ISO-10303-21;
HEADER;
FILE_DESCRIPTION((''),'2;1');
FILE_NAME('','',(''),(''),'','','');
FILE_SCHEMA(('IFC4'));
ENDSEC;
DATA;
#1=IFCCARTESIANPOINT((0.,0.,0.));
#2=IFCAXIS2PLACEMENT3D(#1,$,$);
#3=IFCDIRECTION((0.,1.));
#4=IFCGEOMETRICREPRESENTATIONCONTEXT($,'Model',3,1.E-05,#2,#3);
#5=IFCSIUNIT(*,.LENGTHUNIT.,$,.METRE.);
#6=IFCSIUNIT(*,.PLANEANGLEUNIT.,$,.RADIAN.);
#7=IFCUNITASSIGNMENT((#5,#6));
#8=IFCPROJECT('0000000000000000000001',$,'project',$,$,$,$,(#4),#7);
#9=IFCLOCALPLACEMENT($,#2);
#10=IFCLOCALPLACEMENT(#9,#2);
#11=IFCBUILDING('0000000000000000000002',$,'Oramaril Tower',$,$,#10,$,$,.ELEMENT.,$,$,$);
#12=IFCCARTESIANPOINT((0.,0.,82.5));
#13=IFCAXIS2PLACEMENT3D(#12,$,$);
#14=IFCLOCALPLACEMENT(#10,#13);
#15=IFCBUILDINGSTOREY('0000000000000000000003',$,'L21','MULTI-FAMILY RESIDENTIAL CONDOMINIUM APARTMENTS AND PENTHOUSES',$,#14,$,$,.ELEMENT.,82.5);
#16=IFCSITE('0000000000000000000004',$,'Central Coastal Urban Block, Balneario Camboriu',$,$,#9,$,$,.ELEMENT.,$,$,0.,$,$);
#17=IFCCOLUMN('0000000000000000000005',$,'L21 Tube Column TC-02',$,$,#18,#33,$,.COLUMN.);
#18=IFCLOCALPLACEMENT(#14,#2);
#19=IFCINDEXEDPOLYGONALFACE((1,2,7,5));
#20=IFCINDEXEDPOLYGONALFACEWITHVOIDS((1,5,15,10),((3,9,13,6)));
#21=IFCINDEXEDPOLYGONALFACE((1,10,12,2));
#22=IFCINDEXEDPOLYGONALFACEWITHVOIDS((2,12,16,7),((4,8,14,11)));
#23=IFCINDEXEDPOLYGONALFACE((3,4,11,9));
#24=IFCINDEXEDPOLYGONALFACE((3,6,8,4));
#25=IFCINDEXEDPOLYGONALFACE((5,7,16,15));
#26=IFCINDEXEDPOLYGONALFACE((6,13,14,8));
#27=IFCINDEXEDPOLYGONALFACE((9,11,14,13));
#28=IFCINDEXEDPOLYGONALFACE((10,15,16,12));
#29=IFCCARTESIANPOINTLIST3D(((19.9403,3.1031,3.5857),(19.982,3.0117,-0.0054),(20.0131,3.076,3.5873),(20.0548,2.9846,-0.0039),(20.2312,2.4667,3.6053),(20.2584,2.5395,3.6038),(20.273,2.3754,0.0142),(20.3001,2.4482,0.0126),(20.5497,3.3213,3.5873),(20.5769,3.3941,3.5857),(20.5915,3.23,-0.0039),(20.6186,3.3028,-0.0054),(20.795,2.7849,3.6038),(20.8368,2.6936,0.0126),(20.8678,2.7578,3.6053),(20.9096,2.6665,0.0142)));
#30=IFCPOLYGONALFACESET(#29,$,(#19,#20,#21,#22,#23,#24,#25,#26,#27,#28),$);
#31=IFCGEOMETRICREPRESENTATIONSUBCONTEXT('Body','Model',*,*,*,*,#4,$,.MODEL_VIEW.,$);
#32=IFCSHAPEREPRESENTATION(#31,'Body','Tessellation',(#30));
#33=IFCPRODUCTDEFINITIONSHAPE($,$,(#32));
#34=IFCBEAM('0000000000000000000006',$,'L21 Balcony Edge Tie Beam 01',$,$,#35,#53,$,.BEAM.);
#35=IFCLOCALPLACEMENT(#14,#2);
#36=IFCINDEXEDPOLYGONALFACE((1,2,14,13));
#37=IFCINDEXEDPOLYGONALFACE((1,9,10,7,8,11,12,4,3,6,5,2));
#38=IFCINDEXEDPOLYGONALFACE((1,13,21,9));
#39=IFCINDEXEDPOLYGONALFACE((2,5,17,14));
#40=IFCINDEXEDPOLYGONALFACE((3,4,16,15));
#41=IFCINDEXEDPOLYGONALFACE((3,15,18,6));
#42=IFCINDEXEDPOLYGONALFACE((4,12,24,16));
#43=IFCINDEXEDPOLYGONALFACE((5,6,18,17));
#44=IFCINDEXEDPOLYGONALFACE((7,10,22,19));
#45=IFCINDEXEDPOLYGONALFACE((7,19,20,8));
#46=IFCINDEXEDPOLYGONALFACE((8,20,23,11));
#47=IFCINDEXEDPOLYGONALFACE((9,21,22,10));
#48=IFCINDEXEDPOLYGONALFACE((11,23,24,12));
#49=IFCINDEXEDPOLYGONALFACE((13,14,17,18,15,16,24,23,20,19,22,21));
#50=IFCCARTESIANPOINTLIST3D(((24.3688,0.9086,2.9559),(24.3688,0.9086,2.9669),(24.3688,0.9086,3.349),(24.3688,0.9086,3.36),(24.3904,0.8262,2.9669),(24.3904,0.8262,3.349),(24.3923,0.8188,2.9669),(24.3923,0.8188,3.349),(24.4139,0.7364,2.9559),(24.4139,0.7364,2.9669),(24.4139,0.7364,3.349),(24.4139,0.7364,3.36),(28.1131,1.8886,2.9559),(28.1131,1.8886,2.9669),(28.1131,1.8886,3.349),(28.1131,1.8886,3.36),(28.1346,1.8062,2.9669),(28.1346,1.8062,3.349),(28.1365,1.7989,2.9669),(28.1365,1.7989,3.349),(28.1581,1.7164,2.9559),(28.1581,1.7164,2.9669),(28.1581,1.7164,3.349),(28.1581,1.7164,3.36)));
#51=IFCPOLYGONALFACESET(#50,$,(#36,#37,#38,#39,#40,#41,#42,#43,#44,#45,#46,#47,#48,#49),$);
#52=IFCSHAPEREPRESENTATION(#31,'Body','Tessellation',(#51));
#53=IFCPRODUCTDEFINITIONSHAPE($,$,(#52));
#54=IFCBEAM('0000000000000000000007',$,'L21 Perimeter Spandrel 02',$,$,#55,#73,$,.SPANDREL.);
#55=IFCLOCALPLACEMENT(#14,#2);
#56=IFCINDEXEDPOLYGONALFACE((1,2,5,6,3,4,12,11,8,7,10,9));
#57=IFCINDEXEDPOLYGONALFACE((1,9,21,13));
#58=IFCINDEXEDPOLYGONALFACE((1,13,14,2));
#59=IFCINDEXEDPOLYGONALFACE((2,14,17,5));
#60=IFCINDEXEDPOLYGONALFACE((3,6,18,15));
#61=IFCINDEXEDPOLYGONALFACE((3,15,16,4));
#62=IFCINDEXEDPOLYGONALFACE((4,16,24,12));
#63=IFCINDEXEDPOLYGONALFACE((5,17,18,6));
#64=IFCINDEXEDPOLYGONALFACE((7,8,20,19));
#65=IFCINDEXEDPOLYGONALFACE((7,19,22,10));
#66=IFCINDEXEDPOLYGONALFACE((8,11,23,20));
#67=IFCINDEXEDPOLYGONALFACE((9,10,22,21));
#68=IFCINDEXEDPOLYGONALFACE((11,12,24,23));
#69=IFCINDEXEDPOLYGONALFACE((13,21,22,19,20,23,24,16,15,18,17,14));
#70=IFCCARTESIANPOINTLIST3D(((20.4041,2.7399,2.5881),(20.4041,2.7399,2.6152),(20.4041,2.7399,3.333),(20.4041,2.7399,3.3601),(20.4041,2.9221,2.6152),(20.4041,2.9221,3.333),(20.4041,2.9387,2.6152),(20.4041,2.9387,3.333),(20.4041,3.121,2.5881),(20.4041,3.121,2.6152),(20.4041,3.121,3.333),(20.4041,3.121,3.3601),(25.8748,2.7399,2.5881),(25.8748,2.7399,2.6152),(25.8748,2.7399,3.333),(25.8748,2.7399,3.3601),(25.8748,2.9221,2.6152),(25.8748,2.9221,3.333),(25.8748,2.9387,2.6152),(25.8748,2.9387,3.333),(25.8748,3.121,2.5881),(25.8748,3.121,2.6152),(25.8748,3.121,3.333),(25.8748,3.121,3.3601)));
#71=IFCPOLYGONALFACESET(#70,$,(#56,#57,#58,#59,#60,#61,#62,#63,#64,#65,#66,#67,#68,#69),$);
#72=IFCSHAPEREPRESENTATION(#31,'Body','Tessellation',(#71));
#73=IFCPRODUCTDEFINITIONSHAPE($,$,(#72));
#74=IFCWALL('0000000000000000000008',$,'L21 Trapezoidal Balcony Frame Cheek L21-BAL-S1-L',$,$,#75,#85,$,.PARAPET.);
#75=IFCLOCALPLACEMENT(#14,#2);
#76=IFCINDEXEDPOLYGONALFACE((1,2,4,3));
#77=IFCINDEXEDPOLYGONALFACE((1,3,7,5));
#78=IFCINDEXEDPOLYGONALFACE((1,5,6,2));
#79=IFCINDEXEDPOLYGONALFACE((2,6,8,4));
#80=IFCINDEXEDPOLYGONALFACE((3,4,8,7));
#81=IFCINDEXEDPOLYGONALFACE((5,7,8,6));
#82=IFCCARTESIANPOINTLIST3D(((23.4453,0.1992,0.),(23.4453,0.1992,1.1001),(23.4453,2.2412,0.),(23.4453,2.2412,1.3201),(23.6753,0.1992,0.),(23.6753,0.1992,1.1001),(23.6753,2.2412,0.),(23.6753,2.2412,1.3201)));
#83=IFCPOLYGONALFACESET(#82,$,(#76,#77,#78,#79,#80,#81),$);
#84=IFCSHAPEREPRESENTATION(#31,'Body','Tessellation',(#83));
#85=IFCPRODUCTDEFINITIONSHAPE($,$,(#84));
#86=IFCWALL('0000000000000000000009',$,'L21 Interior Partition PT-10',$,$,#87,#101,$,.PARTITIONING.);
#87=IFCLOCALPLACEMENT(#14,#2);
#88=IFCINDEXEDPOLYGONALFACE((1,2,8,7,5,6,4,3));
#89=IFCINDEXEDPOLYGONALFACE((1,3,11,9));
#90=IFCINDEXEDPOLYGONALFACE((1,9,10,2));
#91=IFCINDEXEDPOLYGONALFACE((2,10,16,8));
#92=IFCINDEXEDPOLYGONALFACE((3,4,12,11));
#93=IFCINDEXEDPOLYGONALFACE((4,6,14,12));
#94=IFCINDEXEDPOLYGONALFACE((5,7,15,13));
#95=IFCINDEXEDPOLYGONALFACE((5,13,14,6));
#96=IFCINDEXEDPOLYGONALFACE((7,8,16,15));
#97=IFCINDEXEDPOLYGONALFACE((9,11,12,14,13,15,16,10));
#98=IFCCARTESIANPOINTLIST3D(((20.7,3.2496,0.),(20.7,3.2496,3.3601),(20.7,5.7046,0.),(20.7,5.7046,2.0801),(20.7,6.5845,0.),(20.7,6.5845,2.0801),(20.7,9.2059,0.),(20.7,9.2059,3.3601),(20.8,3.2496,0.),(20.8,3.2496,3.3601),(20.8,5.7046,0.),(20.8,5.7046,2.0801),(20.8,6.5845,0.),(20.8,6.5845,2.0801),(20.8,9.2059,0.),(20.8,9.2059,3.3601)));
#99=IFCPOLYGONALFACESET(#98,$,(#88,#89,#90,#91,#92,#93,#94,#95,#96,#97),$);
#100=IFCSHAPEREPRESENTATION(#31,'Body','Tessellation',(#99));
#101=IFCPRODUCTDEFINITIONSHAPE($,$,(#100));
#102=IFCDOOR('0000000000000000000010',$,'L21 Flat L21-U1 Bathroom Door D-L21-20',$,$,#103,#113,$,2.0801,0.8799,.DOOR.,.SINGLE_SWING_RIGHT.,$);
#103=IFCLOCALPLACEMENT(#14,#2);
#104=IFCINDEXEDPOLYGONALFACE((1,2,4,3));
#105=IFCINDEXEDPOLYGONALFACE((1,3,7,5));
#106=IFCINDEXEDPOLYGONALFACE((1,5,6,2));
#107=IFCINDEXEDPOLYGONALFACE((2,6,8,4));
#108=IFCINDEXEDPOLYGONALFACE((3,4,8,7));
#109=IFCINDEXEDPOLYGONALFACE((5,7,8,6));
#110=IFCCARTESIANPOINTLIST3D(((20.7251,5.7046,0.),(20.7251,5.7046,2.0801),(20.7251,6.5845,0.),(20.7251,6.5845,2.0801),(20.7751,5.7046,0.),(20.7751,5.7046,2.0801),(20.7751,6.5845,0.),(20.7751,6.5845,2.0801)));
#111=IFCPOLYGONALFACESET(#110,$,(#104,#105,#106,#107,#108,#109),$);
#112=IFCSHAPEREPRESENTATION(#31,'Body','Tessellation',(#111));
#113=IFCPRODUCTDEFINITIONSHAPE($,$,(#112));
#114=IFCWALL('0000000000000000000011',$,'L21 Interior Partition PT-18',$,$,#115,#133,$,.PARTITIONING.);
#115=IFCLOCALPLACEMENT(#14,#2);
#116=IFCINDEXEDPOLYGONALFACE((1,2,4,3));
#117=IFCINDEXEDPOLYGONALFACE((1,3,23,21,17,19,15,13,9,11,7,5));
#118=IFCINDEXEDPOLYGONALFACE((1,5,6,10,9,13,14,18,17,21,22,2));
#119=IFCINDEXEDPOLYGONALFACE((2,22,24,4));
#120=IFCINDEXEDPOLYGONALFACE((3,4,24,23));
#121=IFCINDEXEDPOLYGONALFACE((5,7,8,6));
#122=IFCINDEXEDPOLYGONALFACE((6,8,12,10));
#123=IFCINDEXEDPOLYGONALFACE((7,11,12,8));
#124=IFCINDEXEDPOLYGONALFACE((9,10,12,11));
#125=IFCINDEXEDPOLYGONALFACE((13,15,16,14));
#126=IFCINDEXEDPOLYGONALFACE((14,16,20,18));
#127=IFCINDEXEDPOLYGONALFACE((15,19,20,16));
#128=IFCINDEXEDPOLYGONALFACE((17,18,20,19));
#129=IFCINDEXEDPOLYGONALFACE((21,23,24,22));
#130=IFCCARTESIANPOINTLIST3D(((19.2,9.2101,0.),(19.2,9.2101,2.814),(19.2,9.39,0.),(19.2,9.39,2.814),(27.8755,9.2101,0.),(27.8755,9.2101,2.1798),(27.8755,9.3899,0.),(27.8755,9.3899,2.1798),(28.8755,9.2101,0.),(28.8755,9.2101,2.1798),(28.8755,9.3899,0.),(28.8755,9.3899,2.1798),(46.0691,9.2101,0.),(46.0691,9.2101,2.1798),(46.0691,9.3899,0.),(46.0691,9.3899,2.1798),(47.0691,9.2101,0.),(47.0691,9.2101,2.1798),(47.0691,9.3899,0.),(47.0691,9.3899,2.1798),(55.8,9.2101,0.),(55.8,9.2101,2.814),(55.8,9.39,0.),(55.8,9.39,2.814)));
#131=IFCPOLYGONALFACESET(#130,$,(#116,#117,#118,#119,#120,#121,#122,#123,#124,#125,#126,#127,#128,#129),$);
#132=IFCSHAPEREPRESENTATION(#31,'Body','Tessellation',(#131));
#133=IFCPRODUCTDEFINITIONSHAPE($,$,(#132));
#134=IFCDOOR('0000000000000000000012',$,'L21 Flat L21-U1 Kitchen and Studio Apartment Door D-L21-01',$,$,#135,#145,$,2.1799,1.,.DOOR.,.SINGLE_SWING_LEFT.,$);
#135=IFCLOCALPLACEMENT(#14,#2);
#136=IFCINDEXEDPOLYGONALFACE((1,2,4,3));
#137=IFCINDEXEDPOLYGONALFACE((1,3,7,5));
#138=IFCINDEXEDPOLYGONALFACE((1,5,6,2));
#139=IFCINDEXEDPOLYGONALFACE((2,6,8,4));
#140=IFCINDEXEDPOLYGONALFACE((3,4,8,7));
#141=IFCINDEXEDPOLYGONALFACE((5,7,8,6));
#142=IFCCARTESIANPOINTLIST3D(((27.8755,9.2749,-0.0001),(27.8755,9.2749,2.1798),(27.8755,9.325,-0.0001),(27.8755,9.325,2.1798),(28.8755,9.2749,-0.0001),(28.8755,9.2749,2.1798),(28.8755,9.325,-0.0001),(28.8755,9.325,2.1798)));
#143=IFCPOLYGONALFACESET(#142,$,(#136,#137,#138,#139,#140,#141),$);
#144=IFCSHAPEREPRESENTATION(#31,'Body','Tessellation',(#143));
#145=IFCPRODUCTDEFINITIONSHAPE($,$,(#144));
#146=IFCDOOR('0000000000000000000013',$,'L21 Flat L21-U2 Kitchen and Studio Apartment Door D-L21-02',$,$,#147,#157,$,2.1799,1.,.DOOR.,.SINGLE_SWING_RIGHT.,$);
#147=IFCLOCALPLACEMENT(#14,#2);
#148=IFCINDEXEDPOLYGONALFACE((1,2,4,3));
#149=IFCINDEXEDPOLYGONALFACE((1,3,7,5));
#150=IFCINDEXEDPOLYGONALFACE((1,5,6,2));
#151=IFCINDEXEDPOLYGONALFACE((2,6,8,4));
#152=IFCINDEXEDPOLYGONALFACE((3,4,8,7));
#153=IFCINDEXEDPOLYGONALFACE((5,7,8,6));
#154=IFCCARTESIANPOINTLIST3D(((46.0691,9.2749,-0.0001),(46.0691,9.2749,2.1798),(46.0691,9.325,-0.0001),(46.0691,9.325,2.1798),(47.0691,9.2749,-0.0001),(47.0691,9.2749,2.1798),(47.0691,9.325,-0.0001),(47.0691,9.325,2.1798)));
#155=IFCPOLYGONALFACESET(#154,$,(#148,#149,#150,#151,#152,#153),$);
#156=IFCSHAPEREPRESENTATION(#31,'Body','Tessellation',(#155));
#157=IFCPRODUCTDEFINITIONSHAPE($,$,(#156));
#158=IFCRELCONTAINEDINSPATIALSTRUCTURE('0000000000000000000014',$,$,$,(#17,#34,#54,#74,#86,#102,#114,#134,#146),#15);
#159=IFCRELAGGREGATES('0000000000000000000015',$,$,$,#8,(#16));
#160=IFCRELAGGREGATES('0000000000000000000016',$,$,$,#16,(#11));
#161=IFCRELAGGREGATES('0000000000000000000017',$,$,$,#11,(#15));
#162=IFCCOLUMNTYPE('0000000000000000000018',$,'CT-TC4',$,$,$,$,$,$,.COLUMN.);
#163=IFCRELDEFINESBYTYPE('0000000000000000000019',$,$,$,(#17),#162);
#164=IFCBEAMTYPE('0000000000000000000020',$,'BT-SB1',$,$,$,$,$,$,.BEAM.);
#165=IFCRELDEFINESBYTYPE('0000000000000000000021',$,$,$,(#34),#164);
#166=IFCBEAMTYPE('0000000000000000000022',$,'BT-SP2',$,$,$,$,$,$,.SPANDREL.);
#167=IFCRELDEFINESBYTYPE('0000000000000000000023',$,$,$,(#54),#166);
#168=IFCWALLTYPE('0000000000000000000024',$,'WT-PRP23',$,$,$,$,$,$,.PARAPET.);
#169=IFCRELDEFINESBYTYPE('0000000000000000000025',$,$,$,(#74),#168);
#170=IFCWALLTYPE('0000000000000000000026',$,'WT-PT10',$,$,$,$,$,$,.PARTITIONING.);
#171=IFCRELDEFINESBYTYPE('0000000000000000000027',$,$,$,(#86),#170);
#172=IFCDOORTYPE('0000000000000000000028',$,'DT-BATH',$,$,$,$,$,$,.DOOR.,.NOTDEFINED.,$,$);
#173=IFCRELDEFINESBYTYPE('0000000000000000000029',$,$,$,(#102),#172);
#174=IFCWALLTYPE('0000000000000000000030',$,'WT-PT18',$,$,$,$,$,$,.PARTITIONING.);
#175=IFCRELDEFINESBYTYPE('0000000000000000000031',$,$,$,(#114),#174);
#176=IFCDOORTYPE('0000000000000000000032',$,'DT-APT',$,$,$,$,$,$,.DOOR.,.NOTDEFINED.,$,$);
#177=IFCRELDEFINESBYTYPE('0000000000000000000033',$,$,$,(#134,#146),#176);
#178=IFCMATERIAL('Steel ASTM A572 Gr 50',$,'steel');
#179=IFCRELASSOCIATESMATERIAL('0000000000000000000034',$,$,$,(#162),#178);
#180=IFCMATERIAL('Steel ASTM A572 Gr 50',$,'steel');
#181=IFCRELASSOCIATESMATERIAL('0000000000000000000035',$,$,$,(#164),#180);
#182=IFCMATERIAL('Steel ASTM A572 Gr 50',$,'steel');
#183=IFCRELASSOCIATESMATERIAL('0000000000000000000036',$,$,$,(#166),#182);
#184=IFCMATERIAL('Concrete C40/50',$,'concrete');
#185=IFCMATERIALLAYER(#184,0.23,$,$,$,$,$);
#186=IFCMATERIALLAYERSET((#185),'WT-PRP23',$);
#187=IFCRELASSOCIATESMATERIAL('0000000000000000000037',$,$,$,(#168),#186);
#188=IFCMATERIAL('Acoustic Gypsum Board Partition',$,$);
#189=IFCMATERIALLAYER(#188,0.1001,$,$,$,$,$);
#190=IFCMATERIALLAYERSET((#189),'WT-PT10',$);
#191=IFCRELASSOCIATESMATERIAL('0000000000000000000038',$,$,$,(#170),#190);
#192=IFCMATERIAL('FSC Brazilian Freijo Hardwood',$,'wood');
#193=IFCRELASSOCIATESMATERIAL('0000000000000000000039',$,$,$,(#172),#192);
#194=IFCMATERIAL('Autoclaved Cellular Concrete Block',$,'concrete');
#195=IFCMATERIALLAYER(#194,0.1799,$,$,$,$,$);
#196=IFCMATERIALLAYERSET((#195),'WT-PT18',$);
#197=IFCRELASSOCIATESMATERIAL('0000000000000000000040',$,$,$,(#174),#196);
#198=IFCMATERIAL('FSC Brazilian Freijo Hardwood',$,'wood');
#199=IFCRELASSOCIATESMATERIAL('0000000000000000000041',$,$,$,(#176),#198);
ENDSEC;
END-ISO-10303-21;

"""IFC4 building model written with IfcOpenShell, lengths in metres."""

from ifc_helpers import new_model, si_unit, direction, frame, frame_2d, origin, origin_2d, place, context, subcontext, project, spatial, polyline, rectangle, hollow_rectangle, i_section, outline, extrude, material, layer, layer_set, material_profile, profile_set, type_object, element, fill, save


model = new_model("IFC4")

# Units and contexts
model_context = context("Model", 3, precision=1e-05, world=origin(), true_north=direction((0.0, 1.0)))
body_context = subcontext(model_context, "Body", "Model", "MODEL_VIEW")
ifc_project = project(units=[si_unit("LENGTHUNIT", "METRE"), si_unit("PLANEANGLEUNIT", "RADIAN")], contexts=[model_context])

# Site, building, storey
site_placement = place(None, origin())
site = spatial("IfcSite", under=ifc_project, at=site_placement, Name="Central Coastal Urban Block, Balneario Camboriu", CompositionType="ELEMENT", RefElevation=0.0)
building_placement = place(site_placement, origin())
building = spatial("IfcBuilding", under=site, at=building_placement, Name="Oramaril Tower", CompositionType="ELEMENT")
storey_placement = place(building_placement, frame((0.0, 0.0, 82.5)))
storey = spatial("IfcBuildingStorey", under=building, at=storey_placement, Name="L21", Description="MULTI-FAMILY RESIDENTIAL CONDOMINIUM APARTMENTS AND PENTHOUSES", CompositionType="ELEMENT", Elevation=82.5)

# Column
ifc_material_1 = material(Name="Steel ASTM A572 Gr 50", Category="steel")
ifc_material_profile_1 = material_profile(ifc_material_1, hollow_rectangle(XDim=0.7, YDim=0.7, WallThickness=0.0549, at=origin_2d()), Name="BOX700X700X55")
ifc_profile_set_1 = profile_set([ifc_material_profile_1], Name="Steel ASTM A572 Gr 50")
column_type = type_object("IfcColumnType", Name="CT-TC4", PredefinedType="COLUMN", material=ifc_profile_set_1)
column_placement = place(storey_placement, frame((20.4458, 2.8391, 0.0044), z_axis=(-0.011621, 0.025417, 0.999609), x_axis=(-0.909448, -0.415817, 0.0)))
element("IfcColumn", 1, at=column_placement, inside=storey, type_object=column_type, Name="L21 Tube Column TC-02", PredefinedType="COLUMN", context=body_context, shape_type="SweptSolid", body=[
    extrude(hollow_rectangle(XDim=0.7, YDim=0.7, WallThickness=0.0549, at=origin_2d()), origin(), (0.0, 0.0, 1.0), 3.5925),
])

# Beams
ifc_material_2 = material(Name="Steel ASTM A572 Gr 50", Category="steel")
ifc_material_profile_2 = material_profile(ifc_material_2, i_section(OverallWidth=0.178, OverallDepth=0.4041, WebThickness=0.0076, FlangeThickness=0.011, at=origin_2d()), Name="W16X36")
ifc_profile_set_2 = profile_set([ifc_material_profile_2], Name="Steel ASTM A572 Gr 50")
beam_type_1 = type_object("IfcBeamType", Name="BT-SB1", PredefinedType="BEAM", material=ifc_profile_set_2)
beam_1_placement = place(storey_placement, frame((24.3914, 0.8225, 3.158), z_axis=(0.967412, 0.253208, 0.0), x_axis=(-0.253208, 0.967412, 0.0)))
element("IfcBeam", 2, at=beam_1_placement, inside=storey, type_object=beam_type_1, Name="L21 Balcony Edge Tie Beam 01", PredefinedType="BEAM", context=body_context, shape_type="SweptSolid", body=[
    extrude(i_section(OverallWidth=0.178, OverallDepth=0.4041, WebThickness=0.0076, FlangeThickness=0.011, at=origin_2d()), origin(), (0.0, 0.0, 1.0), 3.8704),
])
ifc_material_3 = material(Name="Steel ASTM A572 Gr 50", Category="steel")
ifc_material_profile_3 = material_profile(ifc_material_3, i_section(OverallWidth=0.3811, OverallDepth=0.772, WebThickness=0.0166, FlangeThickness=0.0271, at=origin_2d()), Name="W30X173")
ifc_profile_set_3 = profile_set([ifc_material_profile_3], Name="Steel ASTM A572 Gr 50")
beam_type_2 = type_object("IfcBeamType", Name="BT-SP2", PredefinedType="SPANDREL", material=ifc_profile_set_3)
beam_2_placement = place(storey_placement, frame((20.4041, 2.9304, 2.9741), z_axis=(1.0, 0.0, 0.0), x_axis=(0.0, 1.0, 0.0)))
element("IfcBeam", 3, at=beam_2_placement, inside=storey, type_object=beam_type_2, Name="L21 Perimeter Spandrel 02", PredefinedType="SPANDREL", context=body_context, shape_type="SweptSolid", body=[
    extrude(i_section(OverallWidth=0.3811, OverallDepth=0.772, WebThickness=0.0166, FlangeThickness=0.0271, at=origin_2d()), origin(), (0.0, 0.0, 1.0), 5.4707),
])

# Wall
ifc_material_4 = material(Name="Concrete C40/50", Category="concrete")
ifc_layer_1 = layer(ifc_material_4, 0.23)
ifc_layer_set_1 = layer_set([ifc_layer_1], Name="WT-PRP23")
wall_type_1 = type_object("IfcWallType", Name="WT-PRP23", PredefinedType="PARAPET", material=ifc_layer_set_1)
wall_1_placement = place(storey_placement, frame((23.5603, 2.2412, 0.0), z_axis=(0.0, 0.0, 1.0), x_axis=(0.0, -1.0, 0.0)))
element("IfcWall", 4, at=wall_1_placement, inside=storey, type_object=wall_type_1, Name="L21 Trapezoidal Balcony Frame Cheek L21-BAL-S1-L", PredefinedType="PARAPET", context=body_context, shape_type="SweptSolid", body=[
    extrude(outline(polyline([(0.0, 0.0), (2.042, 0.0), (2.042, 1.1001), (0.0, 1.3201), (0.0, 0.0)])), frame((0.0, 0.115, 0.0), z_axis=(0.0, -1.0, 0.0), x_axis=(1.0, 0.0, 0.0)), (0.0, 0.0, 1.0), 0.23),
])

# Wall, opening, door
ifc_material_5 = material(Name="Acoustic Gypsum Board Partition")
ifc_layer_2 = layer(ifc_material_5, 0.1001)
ifc_layer_set_2 = layer_set([ifc_layer_2], Name="WT-PT10")
wall_type_2 = type_object("IfcWallType", Name="WT-PT10", PredefinedType="PARTITIONING", material=ifc_layer_set_2)
wall_2_placement = place(storey_placement, frame((20.75, 3.2498, 0.0), z_axis=(0.0, 0.0, 1.0), x_axis=(0.0, 1.0, 0.0)))
wall_2 = element("IfcWall", 5, at=wall_2_placement, inside=storey, type_object=wall_type_2, Name="L21 Interior Partition PT-10", PredefinedType="PARTITIONING", context=body_context, shape_type="SweptSolid", body=[
    extrude(rectangle(XDim=5.9563, YDim=0.1001, at=frame_2d((2.978, 0.0))), origin(), (0.0, 0.0, 1.0), 3.3601),
])
opening_1_placement = place(wall_2_placement, frame((2.4548, 0.0, 0.0)))
opening_1 = element("IfcOpeningElement", 6, at=opening_1_placement, cuts=wall_2, PredefinedType="OPENING", context=body_context, shape_type="SweptSolid", body=[
    extrude(rectangle(XDim=0.8799, YDim=2.0801, at=frame_2d((0.4399, 1.04))), frame((0.0, 0.05, 0.0), z_axis=(0.0, -1.0, 0.0), x_axis=(1.0, 0.0, 0.0)), (0.0, 0.0, 1.0), 0.1001),
])
ifc_material_6 = material(Name="FSC Brazilian Freijo Hardwood", Category="wood")
door_type_1 = type_object("IfcDoorType", Name="DT-BATH", OperationType="NOTDEFINED", PredefinedType="DOOR", material=ifc_material_6)
door_1_placement = place(opening_1_placement, origin())
door_1 = element("IfcDoor", 7, at=door_1_placement, inside=storey, type_object=door_type_1, Name="L21 Flat L21-U1 Bathroom Door D-L21-20", OperationType="SINGLE_SWING_RIGHT", OverallHeight=2.0801, OverallWidth=0.8799, PredefinedType="DOOR", context=body_context, shape_type="SweptSolid", body=[
    extrude(rectangle(XDim=0.8799, YDim=2.0801, at=frame_2d((0.4399, 1.04))), frame((0.0, 0.0249, 0.0), z_axis=(0.0, -1.0, 0.0), x_axis=(1.0, 0.0, 0.0)), (0.0, 0.0, 1.0), 0.05),
])
fill(opening_1, door_1)

# Wall, openings, doors
ifc_material_7 = material(Name="Autoclaved Cellular Concrete Block", Category="concrete")
ifc_layer_3 = layer(ifc_material_7, 0.1799)
ifc_layer_set_3 = layer_set([ifc_layer_3], Name="WT-PT18")
wall_type_3 = type_object("IfcWallType", Name="WT-PT18", PredefinedType="PARTITIONING", material=ifc_layer_set_3)
wall_3_placement = place(storey_placement, frame((19.2, 9.3, 0.0), z_axis=(0.0, 0.0, 1.0), x_axis=(1.0, 0.0, 0.0)))
wall_3 = element("IfcWall", 8, at=wall_3_placement, inside=storey, type_object=wall_type_3, Name="L21 Interior Partition PT-18", PredefinedType="PARTITIONING", context=body_context, shape_type="SweptSolid", body=[
    extrude(rectangle(XDim=36.6001, YDim=0.1799, at=frame_2d((18.3, 0.0))), origin(), (0.0, 0.0, 1.0), 2.814),
])
opening_2_placement = place(wall_3_placement, frame((8.6755, 0.0, 0.0)))
opening_2 = element("IfcOpeningElement", 9, at=opening_2_placement, cuts=wall_3, PredefinedType="OPENING", context=body_context, shape_type="SweptSolid", body=[
    extrude(rectangle(XDim=1.0, YDim=2.1799, at=frame_2d((0.5, 1.0898))), frame((0.0, 0.0898, 0.0), z_axis=(0.0, -1.0, 0.0), x_axis=(1.0, 0.0, 0.0)), (0.0, 0.0, 1.0), 0.1799),
])
opening_3_placement = place(wall_3_placement, frame((26.8691, 0.0, 0.0)))
opening_3 = element("IfcOpeningElement", 10, at=opening_3_placement, cuts=wall_3, PredefinedType="OPENING", context=body_context, shape_type="SweptSolid", body=[
    extrude(rectangle(XDim=1.0, YDim=2.1799, at=frame_2d((0.5, 1.0898))), frame((0.0, 0.0898, 0.0), z_axis=(0.0, -1.0, 0.0), x_axis=(1.0, 0.0, 0.0)), (0.0, 0.0, 1.0), 0.1799),
])
ifc_material_8 = material(Name="FSC Brazilian Freijo Hardwood", Category="wood")
door_type_2 = type_object("IfcDoorType", Name="DT-APT", OperationType="NOTDEFINED", PredefinedType="DOOR", material=ifc_material_8)
door_2_placement = place(opening_2_placement, origin())
door_2 = element("IfcDoor", 11, at=door_2_placement, inside=storey, type_object=door_type_2, Name="L21 Flat L21-U1 Kitchen and Studio Apartment Door D-L21-01", OperationType="SINGLE_SWING_LEFT", OverallHeight=2.1799, OverallWidth=1.0, PredefinedType="DOOR", context=body_context, shape_type="SweptSolid", body=[
    extrude(rectangle(XDim=1.0, YDim=2.1799, at=frame_2d((0.5, 1.0898))), frame((0.0, 0.0249, 0.0), z_axis=(0.0, -1.0, 0.0), x_axis=(1.0, 0.0, 0.0)), (0.0, 0.0, 1.0), 0.05),
])
fill(opening_2, door_2)
door_3_placement = place(opening_3_placement, origin())
door_3 = element("IfcDoor", 12, at=door_3_placement, inside=storey, type_object=door_type_2, Name="L21 Flat L21-U2 Kitchen and Studio Apartment Door D-L21-02", OperationType="SINGLE_SWING_RIGHT", OverallHeight=2.1799, OverallWidth=1.0, PredefinedType="DOOR", context=body_context, shape_type="SweptSolid", body=[
    extrude(rectangle(XDim=1.0, YDim=2.1799, at=frame_2d((0.5, 1.0898))), frame((0.0, 0.0249, 0.0), z_axis=(0.0, -1.0, 0.0), x_axis=(1.0, 0.0, 0.0)), (0.0, 0.0, 1.0), 0.05),
])
fill(opening_3, door_3)

save(model, "model.ifc")
